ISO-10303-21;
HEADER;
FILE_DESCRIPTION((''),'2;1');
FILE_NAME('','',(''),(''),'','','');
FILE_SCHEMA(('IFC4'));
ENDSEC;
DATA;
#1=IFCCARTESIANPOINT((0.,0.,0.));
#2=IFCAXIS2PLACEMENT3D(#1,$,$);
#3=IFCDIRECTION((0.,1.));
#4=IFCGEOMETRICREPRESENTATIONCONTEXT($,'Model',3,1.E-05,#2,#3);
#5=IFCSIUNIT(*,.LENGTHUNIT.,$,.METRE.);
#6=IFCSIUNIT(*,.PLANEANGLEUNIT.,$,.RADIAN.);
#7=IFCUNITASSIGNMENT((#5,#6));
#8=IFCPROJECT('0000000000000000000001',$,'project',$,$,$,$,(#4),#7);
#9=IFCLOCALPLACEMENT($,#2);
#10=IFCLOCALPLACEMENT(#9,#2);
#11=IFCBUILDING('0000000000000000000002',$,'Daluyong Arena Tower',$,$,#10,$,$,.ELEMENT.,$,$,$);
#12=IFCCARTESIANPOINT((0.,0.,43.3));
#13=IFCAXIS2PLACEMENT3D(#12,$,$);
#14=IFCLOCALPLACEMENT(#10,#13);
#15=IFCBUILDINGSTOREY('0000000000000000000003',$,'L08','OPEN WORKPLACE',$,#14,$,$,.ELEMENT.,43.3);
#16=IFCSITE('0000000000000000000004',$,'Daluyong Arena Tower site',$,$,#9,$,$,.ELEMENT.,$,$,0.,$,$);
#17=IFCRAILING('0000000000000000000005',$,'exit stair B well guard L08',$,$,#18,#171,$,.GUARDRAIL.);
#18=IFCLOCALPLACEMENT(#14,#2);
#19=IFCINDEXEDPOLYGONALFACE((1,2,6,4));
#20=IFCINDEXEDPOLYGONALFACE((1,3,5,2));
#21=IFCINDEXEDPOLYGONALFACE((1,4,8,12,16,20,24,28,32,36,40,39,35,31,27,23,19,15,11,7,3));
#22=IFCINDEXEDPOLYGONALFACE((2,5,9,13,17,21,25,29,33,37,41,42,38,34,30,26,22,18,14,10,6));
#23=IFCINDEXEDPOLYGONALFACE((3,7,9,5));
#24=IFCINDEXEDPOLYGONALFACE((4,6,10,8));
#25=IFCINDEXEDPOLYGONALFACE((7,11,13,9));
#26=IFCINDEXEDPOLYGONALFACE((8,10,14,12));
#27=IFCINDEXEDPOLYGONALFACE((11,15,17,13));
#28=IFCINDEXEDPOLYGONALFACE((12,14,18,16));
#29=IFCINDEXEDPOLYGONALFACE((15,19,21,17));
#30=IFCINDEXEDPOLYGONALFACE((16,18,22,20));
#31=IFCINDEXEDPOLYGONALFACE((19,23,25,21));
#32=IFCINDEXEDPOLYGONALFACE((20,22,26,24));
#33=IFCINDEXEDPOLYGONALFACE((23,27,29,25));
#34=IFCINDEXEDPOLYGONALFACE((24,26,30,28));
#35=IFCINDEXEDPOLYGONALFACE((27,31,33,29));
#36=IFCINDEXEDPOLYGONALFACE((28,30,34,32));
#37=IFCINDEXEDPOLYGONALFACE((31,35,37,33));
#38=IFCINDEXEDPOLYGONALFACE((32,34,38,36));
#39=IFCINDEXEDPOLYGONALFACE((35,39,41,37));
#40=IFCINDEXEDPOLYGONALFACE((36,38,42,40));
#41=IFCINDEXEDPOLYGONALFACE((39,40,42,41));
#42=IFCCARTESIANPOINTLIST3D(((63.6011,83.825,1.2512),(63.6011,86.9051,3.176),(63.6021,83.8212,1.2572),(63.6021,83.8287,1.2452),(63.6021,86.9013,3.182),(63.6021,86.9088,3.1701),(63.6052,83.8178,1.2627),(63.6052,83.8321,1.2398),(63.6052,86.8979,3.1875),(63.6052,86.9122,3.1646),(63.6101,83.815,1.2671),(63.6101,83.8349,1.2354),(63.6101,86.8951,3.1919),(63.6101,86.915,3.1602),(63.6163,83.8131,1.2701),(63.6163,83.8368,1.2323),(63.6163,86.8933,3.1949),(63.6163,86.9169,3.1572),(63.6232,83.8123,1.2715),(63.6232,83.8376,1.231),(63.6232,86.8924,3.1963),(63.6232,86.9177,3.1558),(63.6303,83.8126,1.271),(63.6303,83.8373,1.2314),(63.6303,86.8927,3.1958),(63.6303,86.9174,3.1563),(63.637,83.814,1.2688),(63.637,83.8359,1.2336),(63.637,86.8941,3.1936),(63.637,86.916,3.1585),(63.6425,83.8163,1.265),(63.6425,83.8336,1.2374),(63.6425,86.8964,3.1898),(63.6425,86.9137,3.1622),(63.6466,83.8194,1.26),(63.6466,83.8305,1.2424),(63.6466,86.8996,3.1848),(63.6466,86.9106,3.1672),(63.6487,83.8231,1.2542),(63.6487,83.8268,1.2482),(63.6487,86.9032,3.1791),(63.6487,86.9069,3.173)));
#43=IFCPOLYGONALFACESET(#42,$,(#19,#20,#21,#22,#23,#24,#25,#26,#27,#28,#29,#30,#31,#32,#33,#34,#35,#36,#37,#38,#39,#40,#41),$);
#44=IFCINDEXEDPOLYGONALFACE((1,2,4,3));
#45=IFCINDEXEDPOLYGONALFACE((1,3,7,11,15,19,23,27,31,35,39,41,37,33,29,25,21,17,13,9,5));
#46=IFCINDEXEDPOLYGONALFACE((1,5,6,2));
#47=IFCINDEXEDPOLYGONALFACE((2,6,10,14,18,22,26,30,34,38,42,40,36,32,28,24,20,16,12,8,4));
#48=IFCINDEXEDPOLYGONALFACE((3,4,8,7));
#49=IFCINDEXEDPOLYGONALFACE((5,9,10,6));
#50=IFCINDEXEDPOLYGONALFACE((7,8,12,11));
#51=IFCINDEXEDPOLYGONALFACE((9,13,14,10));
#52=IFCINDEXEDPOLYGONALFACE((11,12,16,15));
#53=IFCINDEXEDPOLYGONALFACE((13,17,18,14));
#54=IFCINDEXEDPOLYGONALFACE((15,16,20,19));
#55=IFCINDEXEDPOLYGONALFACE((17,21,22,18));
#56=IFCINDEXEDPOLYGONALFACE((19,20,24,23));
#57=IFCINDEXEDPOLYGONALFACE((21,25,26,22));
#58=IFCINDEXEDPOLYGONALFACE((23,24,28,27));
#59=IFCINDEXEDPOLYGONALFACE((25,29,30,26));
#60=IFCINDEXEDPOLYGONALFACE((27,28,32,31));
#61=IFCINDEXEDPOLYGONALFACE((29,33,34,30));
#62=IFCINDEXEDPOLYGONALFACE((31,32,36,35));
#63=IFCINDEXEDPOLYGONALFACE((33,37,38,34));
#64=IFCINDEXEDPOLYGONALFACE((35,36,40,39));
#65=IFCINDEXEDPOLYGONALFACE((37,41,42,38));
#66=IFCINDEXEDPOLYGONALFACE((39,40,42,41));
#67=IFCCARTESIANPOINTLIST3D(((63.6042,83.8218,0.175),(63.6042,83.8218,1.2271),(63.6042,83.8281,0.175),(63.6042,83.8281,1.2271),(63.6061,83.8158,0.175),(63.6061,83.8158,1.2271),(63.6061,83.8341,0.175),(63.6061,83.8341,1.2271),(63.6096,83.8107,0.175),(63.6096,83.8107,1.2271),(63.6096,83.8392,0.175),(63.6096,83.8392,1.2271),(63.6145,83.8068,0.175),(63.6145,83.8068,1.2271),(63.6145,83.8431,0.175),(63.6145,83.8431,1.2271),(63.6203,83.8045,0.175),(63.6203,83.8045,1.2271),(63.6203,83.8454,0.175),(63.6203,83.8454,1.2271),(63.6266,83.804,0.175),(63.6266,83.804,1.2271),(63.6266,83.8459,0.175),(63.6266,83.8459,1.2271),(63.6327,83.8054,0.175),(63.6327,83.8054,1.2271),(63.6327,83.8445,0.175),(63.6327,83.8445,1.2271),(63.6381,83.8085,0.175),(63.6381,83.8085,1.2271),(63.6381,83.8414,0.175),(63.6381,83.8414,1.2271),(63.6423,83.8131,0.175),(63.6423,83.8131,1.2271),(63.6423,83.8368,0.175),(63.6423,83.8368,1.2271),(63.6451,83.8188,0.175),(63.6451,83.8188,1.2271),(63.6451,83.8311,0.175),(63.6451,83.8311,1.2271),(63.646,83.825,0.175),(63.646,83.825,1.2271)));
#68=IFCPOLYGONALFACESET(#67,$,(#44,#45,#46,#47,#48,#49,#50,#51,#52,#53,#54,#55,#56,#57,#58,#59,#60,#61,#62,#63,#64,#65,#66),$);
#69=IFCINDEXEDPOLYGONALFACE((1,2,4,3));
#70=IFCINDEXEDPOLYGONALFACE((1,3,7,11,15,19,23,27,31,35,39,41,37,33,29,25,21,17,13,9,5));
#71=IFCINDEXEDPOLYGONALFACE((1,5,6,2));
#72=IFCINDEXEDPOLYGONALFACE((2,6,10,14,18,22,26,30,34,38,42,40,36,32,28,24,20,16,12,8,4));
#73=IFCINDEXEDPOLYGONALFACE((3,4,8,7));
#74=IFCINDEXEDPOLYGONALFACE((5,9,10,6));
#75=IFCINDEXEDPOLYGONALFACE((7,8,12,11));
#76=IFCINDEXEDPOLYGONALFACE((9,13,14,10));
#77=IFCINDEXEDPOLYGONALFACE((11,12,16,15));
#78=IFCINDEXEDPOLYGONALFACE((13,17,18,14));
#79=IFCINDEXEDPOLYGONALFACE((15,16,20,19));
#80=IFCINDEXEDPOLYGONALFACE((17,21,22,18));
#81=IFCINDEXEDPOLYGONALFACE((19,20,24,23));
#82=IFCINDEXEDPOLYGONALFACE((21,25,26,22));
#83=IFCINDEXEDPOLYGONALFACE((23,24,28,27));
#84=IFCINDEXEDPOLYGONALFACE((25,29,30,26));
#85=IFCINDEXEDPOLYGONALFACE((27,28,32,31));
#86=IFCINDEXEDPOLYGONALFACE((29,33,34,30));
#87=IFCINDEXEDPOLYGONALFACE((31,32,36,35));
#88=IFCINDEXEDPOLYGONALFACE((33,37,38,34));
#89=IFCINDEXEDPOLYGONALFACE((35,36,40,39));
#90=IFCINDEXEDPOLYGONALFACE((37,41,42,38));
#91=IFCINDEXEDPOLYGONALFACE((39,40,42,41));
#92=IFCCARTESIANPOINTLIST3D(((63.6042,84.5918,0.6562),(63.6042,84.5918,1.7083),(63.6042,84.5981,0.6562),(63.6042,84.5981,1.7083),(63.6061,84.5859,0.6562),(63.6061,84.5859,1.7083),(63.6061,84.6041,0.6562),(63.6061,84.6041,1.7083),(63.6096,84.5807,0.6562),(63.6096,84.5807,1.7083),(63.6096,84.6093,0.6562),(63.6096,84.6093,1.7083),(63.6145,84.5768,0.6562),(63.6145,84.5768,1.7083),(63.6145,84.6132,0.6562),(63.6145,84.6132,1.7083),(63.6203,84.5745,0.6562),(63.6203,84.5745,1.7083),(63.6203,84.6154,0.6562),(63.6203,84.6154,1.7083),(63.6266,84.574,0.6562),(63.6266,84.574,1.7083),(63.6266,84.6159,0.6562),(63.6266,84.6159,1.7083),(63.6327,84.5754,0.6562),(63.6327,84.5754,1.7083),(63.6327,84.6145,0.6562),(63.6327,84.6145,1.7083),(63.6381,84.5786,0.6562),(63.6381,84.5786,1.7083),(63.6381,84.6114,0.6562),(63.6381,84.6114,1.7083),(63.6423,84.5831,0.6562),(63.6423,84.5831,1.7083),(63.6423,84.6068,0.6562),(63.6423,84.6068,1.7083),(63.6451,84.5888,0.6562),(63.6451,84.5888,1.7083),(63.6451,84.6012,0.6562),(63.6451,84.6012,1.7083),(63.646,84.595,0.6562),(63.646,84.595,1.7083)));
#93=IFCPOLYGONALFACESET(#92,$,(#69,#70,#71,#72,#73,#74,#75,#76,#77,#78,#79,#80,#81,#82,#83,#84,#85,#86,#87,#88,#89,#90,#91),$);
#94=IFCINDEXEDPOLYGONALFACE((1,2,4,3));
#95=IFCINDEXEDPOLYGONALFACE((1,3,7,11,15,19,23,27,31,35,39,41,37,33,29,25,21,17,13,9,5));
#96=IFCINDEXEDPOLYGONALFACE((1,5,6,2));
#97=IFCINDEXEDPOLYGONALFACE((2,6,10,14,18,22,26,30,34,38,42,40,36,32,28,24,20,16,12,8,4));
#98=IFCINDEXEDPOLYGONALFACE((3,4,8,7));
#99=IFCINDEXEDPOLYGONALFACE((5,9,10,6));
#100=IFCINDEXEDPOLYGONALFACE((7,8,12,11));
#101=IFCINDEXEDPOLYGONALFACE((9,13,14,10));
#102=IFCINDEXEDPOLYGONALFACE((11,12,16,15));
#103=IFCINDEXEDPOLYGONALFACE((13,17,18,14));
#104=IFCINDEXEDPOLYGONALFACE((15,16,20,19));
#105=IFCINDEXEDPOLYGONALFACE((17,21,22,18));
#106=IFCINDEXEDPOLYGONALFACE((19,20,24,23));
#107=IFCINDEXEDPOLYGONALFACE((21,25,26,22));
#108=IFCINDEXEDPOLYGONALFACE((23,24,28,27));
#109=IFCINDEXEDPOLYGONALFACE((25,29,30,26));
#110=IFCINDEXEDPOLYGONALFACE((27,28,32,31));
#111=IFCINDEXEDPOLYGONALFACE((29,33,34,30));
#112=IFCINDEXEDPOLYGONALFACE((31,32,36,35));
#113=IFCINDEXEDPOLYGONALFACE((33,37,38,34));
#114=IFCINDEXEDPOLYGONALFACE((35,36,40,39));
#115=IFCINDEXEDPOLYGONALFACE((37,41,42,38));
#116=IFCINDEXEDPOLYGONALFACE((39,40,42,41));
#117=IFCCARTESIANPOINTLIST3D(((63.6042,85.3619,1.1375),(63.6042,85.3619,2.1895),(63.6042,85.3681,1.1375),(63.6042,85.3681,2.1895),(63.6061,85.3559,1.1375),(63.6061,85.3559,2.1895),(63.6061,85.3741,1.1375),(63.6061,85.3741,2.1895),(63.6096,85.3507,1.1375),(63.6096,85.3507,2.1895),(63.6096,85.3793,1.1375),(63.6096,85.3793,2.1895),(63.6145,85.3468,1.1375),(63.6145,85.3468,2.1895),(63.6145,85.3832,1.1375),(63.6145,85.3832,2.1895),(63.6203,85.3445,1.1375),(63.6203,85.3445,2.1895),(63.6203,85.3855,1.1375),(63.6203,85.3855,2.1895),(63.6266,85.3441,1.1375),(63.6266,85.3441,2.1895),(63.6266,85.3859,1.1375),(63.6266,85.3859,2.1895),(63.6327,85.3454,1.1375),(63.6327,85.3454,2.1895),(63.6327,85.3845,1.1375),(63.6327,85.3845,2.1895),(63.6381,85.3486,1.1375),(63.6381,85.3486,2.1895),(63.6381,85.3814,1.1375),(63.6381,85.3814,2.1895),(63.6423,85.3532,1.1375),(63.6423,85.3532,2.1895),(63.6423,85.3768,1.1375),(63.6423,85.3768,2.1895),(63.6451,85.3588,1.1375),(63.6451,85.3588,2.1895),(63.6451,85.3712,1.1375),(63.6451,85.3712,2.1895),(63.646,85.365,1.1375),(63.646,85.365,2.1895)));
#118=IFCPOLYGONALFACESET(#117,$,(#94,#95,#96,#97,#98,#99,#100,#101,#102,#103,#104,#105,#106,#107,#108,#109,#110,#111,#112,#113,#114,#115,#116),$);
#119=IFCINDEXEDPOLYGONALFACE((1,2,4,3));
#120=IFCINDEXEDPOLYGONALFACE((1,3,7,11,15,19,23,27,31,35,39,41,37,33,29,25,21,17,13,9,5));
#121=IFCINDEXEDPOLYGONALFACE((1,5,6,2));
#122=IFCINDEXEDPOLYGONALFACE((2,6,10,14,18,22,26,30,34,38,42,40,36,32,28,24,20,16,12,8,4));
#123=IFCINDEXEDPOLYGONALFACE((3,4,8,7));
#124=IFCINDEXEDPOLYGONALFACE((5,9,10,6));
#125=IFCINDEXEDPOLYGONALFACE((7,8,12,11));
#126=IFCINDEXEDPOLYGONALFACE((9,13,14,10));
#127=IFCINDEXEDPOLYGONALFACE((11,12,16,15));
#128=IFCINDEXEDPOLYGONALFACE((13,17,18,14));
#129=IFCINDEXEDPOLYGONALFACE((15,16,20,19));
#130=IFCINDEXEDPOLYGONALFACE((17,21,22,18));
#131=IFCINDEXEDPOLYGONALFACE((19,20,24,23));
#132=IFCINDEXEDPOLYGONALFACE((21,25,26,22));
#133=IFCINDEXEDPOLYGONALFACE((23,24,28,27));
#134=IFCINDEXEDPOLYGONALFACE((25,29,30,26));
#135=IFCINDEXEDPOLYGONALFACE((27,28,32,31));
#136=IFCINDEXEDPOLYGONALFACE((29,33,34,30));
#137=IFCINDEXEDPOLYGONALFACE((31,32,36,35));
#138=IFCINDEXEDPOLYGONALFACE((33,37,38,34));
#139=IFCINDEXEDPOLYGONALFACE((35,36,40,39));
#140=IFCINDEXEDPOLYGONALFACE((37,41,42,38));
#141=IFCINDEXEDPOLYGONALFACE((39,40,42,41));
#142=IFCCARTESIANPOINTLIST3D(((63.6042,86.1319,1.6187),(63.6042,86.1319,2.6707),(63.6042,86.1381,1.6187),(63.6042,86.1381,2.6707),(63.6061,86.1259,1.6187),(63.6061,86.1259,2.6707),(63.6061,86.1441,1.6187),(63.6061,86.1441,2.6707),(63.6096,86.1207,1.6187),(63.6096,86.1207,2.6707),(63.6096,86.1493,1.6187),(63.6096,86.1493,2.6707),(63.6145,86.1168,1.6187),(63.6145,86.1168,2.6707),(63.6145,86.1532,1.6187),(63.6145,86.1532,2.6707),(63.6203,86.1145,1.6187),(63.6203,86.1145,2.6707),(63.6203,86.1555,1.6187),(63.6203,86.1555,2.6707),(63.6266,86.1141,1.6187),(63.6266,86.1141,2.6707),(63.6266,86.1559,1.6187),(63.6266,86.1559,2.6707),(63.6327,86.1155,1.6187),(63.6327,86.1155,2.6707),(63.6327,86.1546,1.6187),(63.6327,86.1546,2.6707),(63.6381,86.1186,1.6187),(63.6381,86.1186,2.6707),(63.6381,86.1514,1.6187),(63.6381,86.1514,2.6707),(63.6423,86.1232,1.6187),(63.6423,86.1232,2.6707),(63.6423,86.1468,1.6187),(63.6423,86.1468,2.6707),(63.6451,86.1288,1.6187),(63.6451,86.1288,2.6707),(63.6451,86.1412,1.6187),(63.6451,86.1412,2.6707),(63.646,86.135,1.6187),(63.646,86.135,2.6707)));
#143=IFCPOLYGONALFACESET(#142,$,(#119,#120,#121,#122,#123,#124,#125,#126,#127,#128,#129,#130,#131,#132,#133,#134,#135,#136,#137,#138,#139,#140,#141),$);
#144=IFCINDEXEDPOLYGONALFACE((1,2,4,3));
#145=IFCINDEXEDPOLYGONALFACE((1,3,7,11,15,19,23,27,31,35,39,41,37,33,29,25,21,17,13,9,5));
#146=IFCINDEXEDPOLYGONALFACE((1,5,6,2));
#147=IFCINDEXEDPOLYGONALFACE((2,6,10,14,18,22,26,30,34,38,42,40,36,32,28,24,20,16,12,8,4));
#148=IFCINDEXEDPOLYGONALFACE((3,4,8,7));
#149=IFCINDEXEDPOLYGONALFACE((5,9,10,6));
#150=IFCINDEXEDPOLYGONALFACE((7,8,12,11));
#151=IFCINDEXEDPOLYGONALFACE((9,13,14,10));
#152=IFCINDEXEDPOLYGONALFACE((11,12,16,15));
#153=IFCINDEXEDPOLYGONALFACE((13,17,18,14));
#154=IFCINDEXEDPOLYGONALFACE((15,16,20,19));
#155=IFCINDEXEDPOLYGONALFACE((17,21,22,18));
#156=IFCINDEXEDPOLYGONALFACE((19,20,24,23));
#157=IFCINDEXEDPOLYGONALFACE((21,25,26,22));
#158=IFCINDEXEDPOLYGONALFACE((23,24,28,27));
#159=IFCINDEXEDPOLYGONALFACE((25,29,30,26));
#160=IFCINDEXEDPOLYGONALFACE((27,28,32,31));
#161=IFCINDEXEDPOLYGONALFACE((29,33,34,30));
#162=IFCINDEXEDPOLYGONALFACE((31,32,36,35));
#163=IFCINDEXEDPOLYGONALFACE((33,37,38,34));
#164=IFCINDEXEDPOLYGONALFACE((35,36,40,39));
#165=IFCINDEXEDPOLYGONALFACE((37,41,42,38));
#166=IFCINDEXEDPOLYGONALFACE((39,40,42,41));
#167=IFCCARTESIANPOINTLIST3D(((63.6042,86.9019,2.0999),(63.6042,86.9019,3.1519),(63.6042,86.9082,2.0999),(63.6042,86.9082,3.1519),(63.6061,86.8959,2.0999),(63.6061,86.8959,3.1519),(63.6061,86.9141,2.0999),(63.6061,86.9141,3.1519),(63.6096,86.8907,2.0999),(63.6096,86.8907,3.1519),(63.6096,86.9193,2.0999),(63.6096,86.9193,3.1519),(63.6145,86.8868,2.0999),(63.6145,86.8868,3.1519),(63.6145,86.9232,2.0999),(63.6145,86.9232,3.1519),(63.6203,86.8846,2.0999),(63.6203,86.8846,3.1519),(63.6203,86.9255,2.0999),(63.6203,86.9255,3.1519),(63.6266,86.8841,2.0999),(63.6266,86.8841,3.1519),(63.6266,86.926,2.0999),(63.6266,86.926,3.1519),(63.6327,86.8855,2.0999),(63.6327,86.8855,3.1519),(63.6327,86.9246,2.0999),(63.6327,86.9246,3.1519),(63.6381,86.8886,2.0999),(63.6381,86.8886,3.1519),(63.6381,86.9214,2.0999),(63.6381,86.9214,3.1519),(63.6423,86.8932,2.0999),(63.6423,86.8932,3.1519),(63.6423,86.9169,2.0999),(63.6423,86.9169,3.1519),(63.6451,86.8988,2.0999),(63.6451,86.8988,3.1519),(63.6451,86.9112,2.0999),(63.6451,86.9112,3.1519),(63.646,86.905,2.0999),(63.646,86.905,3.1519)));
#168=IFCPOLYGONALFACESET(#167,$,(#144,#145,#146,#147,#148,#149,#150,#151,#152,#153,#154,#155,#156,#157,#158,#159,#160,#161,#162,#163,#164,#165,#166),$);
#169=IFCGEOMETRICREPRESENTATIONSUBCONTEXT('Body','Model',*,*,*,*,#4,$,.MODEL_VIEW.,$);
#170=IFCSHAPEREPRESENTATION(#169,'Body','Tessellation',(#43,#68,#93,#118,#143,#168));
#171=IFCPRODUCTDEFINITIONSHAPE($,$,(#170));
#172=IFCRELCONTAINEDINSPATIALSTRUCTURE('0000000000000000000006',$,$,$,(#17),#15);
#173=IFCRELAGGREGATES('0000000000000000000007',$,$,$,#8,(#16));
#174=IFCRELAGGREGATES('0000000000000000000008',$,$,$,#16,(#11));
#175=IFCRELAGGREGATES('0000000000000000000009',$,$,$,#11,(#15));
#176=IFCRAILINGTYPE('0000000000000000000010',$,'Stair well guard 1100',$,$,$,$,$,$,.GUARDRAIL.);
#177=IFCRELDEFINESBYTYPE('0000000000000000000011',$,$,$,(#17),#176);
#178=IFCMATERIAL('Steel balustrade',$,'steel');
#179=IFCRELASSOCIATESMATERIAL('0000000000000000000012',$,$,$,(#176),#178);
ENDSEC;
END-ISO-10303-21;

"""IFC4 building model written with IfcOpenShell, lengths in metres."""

from ifc_helpers import new_model, si_unit, direction, frame, origin, origin_2d, place, context, subcontext, project, spatial, circle, extrude, material, type_object, element, save


model = new_model("IFC4")

# Units and contexts
model_context = context("Model", 3, precision=1e-05, world=origin(), true_north=direction((0.0, 1.0)))
body_context = subcontext(model_context, "Body", "Model", "MODEL_VIEW")
ifc_project = project(units=[si_unit("LENGTHUNIT", "METRE"), si_unit("PLANEANGLEUNIT", "RADIAN")], contexts=[model_context])

# Site, building, storey
site_placement = place(None, origin())
site = spatial("IfcSite", under=ifc_project, at=site_placement, Name="Daluyong Arena Tower site", CompositionType="ELEMENT", RefElevation=0.0)
building_placement = place(site_placement, origin())
building = spatial("IfcBuilding", under=site, at=building_placement, Name="Daluyong Arena Tower", CompositionType="ELEMENT")
storey_placement = place(building_placement, frame((0.0, 0.0, 43.3)))
storey = spatial("IfcBuildingStorey", under=building, at=storey_placement, Name="L08", Description="OPEN WORKPLACE", CompositionType="ELEMENT", Elevation=43.3)

# Railing
ifc_material_1 = material(Name="Steel balustrade", Category="steel")
railing_type_1 = type_object("IfcRailingType", Name="Stair well guard 1100", PredefinedType="GUARDRAIL", material=ifc_material_1)
railing_1_placement = place(storey_placement, frame((63.625, 83.825, 0.175)))
element("IfcRailing", 1, at=railing_1_placement, inside=storey, type_object=railing_type_1, Name="exit stair B well guard L08", PredefinedType="GUARDRAIL", context=body_context, shape_type="SweptSolid", body=[
    extrude(circle(Radius=0.0239, at=origin_2d()), frame((0.0, 0.0, 1.0762), z_axis=(0.0, 0.848029, 0.529951), x_axis=(-1.0, 0.0, 0.0)), (0.0, 0.0, 1.0), 3.6321),
    extrude(circle(Radius=0.021, at=origin_2d()), origin(), (0.0, 0.0, 1.0), 1.052),
    extrude(circle(Radius=0.021, at=origin_2d()), frame((0.0, 0.77, 0.4812)), (0.0, 0.0, 1.0), 1.052),
    extrude(circle(Radius=0.021, at=origin_2d()), frame((0.0, 1.54, 0.9624)), (0.0, 0.0, 1.0), 1.052),
    extrude(circle(Radius=0.021, at=origin_2d()), frame((0.0, 2.3101, 1.4436)), (0.0, 0.0, 1.0), 1.052),
    extrude(circle(Radius=0.021, at=origin_2d()), frame((0.0, 3.0801, 1.9248)), (0.0, 0.0, 1.0), 1.052),
])

save(model, "model.ifc")
